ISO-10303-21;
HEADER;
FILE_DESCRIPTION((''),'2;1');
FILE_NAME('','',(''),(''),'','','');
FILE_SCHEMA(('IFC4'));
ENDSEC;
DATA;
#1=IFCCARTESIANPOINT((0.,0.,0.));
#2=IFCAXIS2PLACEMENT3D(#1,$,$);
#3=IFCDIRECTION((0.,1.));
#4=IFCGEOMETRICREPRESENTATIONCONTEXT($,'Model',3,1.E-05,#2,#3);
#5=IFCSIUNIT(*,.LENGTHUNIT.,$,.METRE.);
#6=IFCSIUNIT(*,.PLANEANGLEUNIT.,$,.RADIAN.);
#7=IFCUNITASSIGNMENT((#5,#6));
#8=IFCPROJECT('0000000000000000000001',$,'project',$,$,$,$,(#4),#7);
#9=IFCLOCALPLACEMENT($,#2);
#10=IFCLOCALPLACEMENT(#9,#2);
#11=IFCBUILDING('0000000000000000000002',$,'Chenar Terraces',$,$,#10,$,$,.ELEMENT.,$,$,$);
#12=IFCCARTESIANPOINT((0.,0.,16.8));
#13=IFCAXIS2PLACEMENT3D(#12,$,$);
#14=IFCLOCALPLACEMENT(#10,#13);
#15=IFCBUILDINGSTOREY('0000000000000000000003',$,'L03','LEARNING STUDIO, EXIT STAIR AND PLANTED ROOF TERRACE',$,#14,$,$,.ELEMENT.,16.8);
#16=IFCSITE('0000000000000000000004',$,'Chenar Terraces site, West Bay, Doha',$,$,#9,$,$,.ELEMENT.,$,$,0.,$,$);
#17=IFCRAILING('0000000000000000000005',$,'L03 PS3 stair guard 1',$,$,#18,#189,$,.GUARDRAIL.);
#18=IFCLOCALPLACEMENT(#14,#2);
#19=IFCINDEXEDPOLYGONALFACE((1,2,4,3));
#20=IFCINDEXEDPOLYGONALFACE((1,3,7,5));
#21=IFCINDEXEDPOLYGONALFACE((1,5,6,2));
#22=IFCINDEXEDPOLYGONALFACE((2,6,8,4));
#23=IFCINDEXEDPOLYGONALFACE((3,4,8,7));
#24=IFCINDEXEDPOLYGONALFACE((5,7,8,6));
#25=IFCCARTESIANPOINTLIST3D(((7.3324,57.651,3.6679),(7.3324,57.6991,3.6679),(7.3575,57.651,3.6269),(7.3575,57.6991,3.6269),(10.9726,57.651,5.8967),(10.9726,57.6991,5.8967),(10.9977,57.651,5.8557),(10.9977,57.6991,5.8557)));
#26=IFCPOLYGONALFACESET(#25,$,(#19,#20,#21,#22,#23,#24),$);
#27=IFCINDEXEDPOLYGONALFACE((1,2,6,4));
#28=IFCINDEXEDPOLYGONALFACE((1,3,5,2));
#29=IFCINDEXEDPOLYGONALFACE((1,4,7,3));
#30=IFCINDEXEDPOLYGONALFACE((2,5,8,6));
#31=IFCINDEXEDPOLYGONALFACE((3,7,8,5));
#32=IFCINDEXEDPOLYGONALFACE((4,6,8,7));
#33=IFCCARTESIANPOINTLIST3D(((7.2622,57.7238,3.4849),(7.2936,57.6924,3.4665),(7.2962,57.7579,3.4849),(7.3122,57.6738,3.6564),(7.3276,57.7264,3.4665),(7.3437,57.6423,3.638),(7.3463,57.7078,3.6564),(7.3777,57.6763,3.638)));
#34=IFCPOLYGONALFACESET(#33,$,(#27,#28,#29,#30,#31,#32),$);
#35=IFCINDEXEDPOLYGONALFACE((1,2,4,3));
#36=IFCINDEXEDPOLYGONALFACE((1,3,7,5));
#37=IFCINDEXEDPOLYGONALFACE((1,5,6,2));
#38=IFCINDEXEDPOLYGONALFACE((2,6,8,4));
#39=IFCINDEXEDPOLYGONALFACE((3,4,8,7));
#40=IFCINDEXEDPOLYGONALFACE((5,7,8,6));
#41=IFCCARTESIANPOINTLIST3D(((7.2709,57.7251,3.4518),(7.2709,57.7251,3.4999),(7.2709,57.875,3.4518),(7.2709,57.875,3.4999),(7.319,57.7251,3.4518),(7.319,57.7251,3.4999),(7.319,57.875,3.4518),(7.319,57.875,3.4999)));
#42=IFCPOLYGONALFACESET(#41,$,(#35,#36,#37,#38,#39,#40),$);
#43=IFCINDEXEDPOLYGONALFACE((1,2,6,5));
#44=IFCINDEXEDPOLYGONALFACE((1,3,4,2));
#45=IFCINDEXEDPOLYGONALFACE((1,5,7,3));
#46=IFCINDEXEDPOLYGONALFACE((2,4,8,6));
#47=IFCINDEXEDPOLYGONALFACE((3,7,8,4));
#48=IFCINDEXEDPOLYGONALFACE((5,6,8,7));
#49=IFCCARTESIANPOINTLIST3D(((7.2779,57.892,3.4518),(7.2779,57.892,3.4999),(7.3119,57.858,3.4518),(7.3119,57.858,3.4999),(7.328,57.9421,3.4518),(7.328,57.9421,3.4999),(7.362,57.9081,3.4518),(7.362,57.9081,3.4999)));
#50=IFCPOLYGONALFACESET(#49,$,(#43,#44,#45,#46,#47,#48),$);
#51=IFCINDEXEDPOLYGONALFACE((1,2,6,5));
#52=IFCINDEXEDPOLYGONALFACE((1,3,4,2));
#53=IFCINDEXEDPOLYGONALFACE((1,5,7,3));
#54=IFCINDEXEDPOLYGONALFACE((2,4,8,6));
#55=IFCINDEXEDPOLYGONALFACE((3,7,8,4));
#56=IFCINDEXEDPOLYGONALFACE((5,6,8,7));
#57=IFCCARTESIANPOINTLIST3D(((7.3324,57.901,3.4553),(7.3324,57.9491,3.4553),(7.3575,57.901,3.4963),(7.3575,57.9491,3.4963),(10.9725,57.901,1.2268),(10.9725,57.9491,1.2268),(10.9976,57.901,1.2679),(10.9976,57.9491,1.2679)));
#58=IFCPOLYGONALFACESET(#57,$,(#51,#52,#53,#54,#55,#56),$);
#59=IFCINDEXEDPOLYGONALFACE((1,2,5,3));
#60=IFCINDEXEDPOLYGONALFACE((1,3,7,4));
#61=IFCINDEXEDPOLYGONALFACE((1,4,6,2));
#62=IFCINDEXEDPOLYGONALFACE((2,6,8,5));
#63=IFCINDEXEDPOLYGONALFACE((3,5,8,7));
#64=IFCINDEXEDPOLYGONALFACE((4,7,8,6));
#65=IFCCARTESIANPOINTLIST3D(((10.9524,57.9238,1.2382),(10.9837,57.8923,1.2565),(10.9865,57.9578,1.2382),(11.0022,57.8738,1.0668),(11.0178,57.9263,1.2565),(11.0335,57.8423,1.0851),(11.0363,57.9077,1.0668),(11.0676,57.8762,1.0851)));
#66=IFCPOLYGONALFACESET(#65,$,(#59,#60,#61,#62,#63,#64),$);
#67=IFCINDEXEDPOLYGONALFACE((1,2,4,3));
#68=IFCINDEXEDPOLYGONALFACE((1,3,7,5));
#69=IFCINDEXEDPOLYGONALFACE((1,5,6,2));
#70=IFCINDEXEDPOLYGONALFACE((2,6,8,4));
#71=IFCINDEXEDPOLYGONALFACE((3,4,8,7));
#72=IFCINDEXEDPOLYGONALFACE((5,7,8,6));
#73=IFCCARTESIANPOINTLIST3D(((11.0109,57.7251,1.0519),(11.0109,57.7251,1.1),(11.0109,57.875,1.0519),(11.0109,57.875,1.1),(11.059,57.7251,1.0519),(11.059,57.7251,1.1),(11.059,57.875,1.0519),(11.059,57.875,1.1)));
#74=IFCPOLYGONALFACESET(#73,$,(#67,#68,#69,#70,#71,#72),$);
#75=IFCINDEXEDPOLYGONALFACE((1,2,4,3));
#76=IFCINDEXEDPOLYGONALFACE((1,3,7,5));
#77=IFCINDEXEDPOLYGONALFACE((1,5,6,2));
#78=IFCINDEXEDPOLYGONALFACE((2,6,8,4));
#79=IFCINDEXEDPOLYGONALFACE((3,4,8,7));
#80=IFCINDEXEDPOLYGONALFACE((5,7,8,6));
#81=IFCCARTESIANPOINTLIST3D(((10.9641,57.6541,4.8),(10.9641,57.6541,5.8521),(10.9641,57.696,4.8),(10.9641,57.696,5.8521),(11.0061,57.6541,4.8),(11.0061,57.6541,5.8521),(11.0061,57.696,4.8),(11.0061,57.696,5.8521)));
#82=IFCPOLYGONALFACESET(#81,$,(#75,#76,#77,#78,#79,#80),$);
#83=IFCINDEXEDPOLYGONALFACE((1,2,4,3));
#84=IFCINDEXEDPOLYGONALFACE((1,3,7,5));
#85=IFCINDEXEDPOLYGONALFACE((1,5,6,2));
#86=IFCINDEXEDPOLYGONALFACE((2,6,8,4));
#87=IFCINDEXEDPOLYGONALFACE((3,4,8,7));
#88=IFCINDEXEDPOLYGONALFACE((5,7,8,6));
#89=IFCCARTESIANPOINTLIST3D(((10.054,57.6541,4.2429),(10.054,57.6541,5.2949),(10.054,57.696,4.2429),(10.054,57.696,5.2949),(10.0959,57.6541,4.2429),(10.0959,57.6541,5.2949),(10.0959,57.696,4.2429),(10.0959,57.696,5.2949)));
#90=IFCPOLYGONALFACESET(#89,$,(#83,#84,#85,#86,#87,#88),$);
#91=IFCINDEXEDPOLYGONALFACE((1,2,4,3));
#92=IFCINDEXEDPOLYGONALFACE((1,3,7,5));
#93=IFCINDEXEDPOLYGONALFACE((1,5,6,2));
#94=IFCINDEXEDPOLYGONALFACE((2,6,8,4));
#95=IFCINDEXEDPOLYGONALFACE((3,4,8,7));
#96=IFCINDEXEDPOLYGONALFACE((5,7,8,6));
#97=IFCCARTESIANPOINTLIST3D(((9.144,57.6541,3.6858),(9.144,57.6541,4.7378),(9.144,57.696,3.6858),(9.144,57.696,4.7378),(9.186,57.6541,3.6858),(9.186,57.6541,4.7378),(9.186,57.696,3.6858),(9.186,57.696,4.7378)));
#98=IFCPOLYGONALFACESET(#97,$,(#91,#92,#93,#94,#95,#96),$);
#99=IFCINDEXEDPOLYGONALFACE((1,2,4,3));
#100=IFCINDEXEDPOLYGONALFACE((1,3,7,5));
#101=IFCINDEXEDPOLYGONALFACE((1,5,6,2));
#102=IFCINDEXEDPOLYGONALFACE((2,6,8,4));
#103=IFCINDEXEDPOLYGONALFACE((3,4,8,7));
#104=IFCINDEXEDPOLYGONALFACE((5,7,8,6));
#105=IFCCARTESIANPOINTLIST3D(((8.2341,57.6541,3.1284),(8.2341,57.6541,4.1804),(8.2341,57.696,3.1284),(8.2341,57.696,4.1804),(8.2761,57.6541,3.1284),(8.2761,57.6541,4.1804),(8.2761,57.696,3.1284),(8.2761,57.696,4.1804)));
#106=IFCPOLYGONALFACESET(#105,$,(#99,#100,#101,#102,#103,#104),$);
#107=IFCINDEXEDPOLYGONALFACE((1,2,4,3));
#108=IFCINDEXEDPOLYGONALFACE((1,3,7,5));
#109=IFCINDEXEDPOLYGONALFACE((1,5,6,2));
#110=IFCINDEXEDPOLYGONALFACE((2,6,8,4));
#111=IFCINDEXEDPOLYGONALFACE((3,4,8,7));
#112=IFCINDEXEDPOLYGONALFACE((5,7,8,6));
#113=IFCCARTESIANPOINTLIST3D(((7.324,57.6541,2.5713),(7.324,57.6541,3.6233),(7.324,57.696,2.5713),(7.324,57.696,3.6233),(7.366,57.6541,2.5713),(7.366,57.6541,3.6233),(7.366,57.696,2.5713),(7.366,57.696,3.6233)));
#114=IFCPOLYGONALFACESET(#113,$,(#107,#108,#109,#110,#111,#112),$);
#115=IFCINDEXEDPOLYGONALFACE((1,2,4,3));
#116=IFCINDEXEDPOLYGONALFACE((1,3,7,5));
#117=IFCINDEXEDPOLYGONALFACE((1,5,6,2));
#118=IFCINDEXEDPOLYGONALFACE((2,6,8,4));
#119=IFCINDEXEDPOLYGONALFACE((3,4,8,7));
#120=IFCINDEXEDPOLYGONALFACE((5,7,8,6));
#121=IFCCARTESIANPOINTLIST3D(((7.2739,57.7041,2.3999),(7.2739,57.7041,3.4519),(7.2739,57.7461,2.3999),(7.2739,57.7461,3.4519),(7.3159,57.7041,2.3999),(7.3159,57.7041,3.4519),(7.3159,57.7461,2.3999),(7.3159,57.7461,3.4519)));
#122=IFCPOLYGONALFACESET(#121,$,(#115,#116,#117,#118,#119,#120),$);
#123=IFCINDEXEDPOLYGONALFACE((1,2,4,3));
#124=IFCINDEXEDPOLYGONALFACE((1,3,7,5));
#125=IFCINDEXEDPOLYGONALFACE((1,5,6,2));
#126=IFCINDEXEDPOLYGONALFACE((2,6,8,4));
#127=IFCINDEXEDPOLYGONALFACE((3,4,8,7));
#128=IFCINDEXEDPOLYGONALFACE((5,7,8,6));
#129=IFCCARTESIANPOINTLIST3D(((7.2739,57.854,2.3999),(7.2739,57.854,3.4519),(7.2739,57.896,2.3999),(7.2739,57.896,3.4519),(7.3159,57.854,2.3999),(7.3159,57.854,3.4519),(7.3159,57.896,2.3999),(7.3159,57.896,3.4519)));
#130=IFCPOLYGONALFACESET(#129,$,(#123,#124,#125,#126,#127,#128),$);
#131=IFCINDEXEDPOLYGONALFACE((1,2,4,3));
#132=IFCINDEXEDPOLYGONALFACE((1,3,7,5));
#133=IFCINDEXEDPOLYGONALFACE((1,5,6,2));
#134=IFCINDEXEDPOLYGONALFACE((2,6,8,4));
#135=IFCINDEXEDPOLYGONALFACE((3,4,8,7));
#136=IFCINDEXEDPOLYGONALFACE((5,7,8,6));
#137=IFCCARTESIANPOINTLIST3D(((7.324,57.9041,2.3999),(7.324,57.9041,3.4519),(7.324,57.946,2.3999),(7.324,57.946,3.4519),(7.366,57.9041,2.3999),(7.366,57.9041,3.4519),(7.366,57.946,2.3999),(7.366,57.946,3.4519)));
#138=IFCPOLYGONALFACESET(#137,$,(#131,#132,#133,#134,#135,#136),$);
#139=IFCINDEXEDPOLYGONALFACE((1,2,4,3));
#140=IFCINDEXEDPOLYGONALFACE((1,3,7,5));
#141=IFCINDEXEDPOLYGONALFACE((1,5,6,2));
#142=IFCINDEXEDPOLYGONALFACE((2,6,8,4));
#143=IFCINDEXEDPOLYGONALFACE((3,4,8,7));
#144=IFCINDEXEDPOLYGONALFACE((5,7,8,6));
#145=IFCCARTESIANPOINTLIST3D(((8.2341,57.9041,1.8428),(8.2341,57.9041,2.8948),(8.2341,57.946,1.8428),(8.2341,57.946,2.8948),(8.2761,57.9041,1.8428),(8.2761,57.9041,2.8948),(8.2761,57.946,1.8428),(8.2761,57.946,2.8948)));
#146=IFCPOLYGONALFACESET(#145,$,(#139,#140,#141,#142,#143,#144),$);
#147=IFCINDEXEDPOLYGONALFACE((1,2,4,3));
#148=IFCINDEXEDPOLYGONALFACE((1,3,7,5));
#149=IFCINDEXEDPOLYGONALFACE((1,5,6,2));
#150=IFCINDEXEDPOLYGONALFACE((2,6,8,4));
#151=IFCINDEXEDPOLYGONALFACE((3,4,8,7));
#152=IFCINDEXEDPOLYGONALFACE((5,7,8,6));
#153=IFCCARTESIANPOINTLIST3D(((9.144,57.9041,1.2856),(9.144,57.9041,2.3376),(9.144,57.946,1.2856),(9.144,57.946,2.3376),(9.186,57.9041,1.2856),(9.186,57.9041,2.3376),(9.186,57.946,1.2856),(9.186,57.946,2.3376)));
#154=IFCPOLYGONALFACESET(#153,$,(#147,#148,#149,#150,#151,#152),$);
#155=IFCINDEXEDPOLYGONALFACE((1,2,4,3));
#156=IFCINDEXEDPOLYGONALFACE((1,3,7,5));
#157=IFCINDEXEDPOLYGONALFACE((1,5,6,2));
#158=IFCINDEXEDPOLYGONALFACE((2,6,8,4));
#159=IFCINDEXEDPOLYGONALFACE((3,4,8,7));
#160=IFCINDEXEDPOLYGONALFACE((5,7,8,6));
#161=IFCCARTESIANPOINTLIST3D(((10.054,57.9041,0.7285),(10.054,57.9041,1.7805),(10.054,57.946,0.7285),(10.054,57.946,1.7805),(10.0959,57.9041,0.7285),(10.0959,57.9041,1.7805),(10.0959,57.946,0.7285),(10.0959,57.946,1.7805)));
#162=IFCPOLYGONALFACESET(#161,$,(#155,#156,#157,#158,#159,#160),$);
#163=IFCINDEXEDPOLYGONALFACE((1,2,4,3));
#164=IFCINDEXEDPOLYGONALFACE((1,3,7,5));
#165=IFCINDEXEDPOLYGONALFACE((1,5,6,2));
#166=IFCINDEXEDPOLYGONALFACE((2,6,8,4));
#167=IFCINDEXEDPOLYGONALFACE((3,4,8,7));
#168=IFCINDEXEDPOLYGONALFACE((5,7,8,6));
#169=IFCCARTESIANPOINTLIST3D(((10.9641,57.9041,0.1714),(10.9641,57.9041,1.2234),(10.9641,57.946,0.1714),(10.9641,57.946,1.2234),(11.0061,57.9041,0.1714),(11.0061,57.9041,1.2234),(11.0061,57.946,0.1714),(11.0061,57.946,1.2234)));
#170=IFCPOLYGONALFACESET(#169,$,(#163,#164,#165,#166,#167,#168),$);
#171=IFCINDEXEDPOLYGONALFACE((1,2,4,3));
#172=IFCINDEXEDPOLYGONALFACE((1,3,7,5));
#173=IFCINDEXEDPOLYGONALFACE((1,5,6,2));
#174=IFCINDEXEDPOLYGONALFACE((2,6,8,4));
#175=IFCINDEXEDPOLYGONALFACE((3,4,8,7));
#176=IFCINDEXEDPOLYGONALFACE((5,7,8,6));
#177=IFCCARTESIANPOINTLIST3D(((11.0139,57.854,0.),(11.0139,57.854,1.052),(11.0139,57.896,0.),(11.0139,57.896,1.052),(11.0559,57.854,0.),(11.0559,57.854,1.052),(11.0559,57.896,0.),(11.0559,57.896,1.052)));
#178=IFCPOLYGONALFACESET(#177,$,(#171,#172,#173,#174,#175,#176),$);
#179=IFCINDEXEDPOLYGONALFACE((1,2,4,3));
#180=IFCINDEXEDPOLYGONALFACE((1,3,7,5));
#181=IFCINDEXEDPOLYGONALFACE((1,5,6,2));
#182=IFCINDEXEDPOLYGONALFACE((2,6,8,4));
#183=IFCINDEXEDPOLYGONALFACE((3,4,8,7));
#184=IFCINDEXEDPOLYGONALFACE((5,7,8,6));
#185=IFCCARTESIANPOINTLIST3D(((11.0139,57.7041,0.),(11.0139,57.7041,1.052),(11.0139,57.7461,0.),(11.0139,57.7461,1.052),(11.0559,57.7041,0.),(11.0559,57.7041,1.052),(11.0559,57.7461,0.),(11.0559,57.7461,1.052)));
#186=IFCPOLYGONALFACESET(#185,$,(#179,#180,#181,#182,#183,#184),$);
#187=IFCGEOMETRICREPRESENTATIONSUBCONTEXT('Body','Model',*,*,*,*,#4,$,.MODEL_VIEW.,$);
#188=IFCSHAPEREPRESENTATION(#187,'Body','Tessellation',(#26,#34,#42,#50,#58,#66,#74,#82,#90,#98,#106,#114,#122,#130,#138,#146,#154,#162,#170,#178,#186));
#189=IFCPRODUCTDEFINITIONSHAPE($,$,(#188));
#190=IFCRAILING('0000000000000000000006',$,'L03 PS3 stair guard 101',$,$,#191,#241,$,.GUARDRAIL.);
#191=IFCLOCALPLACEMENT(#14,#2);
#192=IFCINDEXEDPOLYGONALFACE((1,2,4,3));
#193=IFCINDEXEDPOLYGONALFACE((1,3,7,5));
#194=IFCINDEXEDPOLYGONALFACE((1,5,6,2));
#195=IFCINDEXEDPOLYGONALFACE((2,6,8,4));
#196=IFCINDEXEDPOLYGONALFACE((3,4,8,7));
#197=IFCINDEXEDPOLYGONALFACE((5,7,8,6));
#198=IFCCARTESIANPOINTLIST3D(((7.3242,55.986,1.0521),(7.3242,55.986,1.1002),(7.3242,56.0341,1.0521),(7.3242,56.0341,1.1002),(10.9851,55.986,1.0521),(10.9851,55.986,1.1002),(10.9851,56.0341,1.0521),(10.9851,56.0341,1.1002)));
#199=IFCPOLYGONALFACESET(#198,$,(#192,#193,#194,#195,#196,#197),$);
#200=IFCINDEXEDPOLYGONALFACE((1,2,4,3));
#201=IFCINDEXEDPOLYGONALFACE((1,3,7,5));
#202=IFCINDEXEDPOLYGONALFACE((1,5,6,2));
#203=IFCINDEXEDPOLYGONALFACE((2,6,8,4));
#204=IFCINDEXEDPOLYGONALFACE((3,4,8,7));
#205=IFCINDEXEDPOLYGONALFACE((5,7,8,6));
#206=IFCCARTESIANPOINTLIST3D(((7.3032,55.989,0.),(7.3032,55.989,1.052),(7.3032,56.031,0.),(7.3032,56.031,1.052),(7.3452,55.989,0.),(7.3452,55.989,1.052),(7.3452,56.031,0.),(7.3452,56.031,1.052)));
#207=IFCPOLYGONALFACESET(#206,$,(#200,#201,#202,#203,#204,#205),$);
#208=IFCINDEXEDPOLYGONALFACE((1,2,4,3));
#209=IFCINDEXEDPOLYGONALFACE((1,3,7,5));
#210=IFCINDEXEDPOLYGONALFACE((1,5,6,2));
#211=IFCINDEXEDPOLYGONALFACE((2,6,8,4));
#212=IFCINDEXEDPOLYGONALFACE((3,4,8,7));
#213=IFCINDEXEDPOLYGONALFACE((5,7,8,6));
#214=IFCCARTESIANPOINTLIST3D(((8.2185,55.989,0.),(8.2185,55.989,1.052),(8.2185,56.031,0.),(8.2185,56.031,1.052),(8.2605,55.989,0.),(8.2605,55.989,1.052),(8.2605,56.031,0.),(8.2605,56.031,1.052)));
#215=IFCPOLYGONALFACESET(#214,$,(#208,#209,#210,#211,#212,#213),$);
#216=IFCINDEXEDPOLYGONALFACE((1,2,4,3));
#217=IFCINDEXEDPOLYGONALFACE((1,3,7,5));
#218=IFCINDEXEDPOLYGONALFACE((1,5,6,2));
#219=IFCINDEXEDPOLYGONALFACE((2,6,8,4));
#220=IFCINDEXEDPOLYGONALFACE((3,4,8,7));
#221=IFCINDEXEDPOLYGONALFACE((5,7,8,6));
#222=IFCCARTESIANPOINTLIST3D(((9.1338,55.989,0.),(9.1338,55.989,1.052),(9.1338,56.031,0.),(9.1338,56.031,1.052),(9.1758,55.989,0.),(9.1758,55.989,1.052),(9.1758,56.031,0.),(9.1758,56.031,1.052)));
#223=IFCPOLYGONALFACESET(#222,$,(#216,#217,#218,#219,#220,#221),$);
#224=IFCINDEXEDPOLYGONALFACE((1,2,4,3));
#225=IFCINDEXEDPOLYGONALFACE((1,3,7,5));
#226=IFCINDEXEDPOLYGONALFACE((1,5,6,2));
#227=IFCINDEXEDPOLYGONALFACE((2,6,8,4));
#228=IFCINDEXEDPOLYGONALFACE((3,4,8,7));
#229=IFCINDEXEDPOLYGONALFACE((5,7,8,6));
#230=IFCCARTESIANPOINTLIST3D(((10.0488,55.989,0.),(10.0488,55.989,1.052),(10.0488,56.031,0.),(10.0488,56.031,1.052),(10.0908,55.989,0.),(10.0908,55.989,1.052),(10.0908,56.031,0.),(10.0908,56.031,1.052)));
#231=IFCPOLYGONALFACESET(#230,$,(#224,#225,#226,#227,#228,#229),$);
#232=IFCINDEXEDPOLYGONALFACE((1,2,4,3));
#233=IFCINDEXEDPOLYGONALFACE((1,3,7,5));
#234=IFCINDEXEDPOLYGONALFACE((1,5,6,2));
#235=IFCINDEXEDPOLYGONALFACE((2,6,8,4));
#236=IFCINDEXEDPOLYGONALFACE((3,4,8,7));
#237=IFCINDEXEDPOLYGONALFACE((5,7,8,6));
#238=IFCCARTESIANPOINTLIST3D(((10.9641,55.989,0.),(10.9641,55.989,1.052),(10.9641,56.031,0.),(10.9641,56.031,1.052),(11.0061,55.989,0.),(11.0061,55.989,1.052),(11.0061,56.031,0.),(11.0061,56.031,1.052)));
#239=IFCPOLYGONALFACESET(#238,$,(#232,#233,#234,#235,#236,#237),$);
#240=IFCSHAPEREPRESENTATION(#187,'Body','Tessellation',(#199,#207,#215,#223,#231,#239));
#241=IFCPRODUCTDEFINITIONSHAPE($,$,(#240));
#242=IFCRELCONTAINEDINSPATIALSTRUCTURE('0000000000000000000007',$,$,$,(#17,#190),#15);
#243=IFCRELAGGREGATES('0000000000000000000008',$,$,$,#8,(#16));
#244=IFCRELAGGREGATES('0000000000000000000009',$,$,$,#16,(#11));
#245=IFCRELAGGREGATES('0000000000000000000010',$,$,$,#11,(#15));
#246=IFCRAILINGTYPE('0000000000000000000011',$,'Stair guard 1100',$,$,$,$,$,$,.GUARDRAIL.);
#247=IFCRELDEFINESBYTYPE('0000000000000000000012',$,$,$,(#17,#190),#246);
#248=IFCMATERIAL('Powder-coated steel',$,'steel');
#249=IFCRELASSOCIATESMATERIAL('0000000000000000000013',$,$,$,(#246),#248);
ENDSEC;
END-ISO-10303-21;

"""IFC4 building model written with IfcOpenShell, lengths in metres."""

from ifc_helpers import new_model, si_unit, direction, frame, origin, origin_2d, place, context, subcontext, project, spatial, rectangle, extrude, material, type_object, element, save


model = new_model("IFC4")

# Units and contexts
model_context = context("Model", 3, precision=1e-05, world=origin(), true_north=direction((0.0, 1.0)))
body_context = subcontext(model_context, "Body", "Model", "MODEL_VIEW")
ifc_project = project(units=[si_unit("LENGTHUNIT", "METRE"), si_unit("PLANEANGLEUNIT", "RADIAN")], contexts=[model_context])

# Site, building, storey
site_placement = place(None, origin())
site = spatial("IfcSite", under=ifc_project, at=site_placement, Name="Chenar Terraces site, West Bay, Doha", CompositionType="ELEMENT", RefElevation=0.0)
building_placement = place(site_placement, origin())
building = spatial("IfcBuilding", under=site, at=building_placement, Name="Chenar Terraces", CompositionType="ELEMENT")
storey_placement = place(building_placement, frame((0.0, 0.0, 16.8)))
storey = spatial("IfcBuildingStorey", under=building, at=storey_placement, Name="L03", Description="LEARNING STUDIO, EXIT STAIR AND PLANTED ROOF TERRACE", CompositionType="ELEMENT", Elevation=16.8)

# Railings
ifc_material_1 = material(Name="Powder-coated steel", Category="steel")
railing_type_1 = type_object("IfcRailingType", Name="Stair guard 1100", PredefinedType="GUARDRAIL", material=ifc_material_1)
railing_1_placement = place(storey_placement, frame((10.9851, 57.675, 4.8)))
element("IfcRailing", 1, at=railing_1_placement, inside=storey, type_object=railing_type_1, Name="L03 PS3 stair guard 1", PredefinedType="GUARDRAIL", context=body_context, shape_type="SweptSolid", body=[
    extrude(rectangle(XDim=0.0481, YDim=0.0481, at=origin_2d()), frame((0.0, 0.0, 1.0762), z_axis=(-0.85284, 0.0, -0.522172), x_axis=(0.0, -1.0, 0.0)), (0.0, 0.0, 1.0), 4.2683),
    extrude(rectangle(XDim=0.0481, YDim=0.0481, at=origin_2d()), frame((-3.6401, 0.0, -1.1528), z_axis=(-0.269911, 0.269911, -0.924281), x_axis=(-0.707107, -0.707107, 0.0)), (0.0, 0.0, 1.0), 0.1855),
    extrude(rectangle(XDim=0.0481, YDim=0.0481, at=origin_2d()), frame((-3.6902, 0.05, -1.3242), z_axis=(0.0, 1.0, 0.0), x_axis=(-1.0, 0.0, 0.0)), (0.0, 0.0, 1.0), 0.1499),
    extrude(rectangle(XDim=0.0481, YDim=0.0481, at=origin_2d()), frame((-3.6902, 0.2, -1.3242), z_axis=(0.707107, 0.707107, 0.0), x_axis=(-0.707107, 0.707107, 0.0)), (0.0, 0.0, 1.0), 0.0708),
    extrude(rectangle(XDim=0.0481, YDim=0.0481, at=origin_2d()), frame((-3.6401, 0.25, -1.3242), z_axis=(0.852866, 0.0, -0.52213), x_axis=(0.0, 1.0, 0.0)), (0.0, 0.0, 1.0), 4.2681),
    extrude(rectangle(XDim=0.0481, YDim=0.0481, at=origin_2d()), frame((0.0, 0.25, -3.5527), z_axis=(0.26869, -0.270007, -0.924609), x_axis=(0.708834, 0.705376, 0.0)), (0.0, 0.0, 1.0), 0.1853),
    extrude(rectangle(XDim=0.0481, YDim=0.0481, at=origin_2d()), frame((0.0498, 0.2, -3.7241), z_axis=(0.0, -1.0, 0.0), x_axis=(1.0, 0.0, 0.0)), (0.0, 0.0, 1.0), 0.1499),
    extrude(rectangle(XDim=0.042, YDim=0.042, at=origin_2d()), origin(), (0.0, 0.0, 1.0), 1.052),
    extrude(rectangle(XDim=0.042, YDim=0.042, at=origin_2d()), frame((-0.9102, 0.0, -0.5571)), (0.0, 0.0, 1.0), 1.052),
    extrude(rectangle(XDim=0.042, YDim=0.042, at=origin_2d()), frame((-1.8201, 0.0, -1.1143)), (0.0, 0.0, 1.0), 1.052),
    extrude(rectangle(XDim=0.042, YDim=0.042, at=origin_2d()), frame((-2.73, 0.0, -1.6716)), (0.0, 0.0, 1.0), 1.052),
    extrude(rectangle(XDim=0.042, YDim=0.042, at=origin_2d()), frame((-3.6401, 0.0, -2.2288)), (0.0, 0.0, 1.0), 1.052),
    extrude(rectangle(XDim=0.042, YDim=0.042, at=origin_2d()), frame((-3.6902, 0.05, -2.4001)), (0.0, 0.0, 1.0), 1.052),
    extrude(rectangle(XDim=0.042, YDim=0.042, at=origin_2d()), frame((-3.6902, 0.2, -2.4001)), (0.0, 0.0, 1.0), 1.052),
    extrude(rectangle(XDim=0.042, YDim=0.042, at=origin_2d()), frame((-3.6401, 0.25, -2.4001)), (0.0, 0.0, 1.0), 1.052),
    extrude(rectangle(XDim=0.042, YDim=0.042, at=origin_2d()), frame((-2.73, 0.25, -2.9573)), (0.0, 0.0, 1.0), 1.052),
    extrude(rectangle(XDim=0.042, YDim=0.042, at=origin_2d()), frame((-1.8201, 0.25, -3.5144)), (0.0, 0.0, 1.0), 1.052),
    extrude(rectangle(XDim=0.042, YDim=0.042, at=origin_2d()), frame((-0.9102, 0.25, -4.0715)), (0.0, 0.0, 1.0), 1.052),
    extrude(rectangle(XDim=0.042, YDim=0.042, at=origin_2d()), frame((0.0, 0.25, -4.6287)), (0.0, 0.0, 1.0), 1.052),
    extrude(rectangle(XDim=0.042, YDim=0.042, at=origin_2d()), frame((0.0498, 0.2, -4.8)), (0.0, 0.0, 1.0), 1.052),
    extrude(rectangle(XDim=0.042, YDim=0.042, at=origin_2d()), frame((0.0498, 0.05, -4.8)), (0.0, 0.0, 1.0), 1.052),
])
railing_2_placement = place(storey_placement, frame((7.3242, 56.01, 0.0)))
element("IfcRailing", 2, at=railing_2_placement, inside=storey, type_object=railing_type_1, Name="L03 PS3 stair guard 101", PredefinedType="GUARDRAIL", context=body_context, shape_type="SweptSolid", body=[
    extrude(rectangle(XDim=0.0481, YDim=0.0481, at=origin_2d()), frame((0.0, 0.0, 1.0762), z_axis=(1.0, 0.0, 0.0), x_axis=(0.0, 1.0, 0.0)), (0.0, 0.0, 1.0), 3.6609),
    extrude(rectangle(XDim=0.042, YDim=0.042, at=origin_2d()), origin(), (0.0, 0.0, 1.0), 1.052),
    extrude(rectangle(XDim=0.042, YDim=0.042, at=origin_2d()), frame((0.9153, 0.0, 0.0)), (0.0, 0.0, 1.0), 1.052),
    extrude(rectangle(XDim=0.042, YDim=0.042, at=origin_2d()), frame((1.8306, 0.0, 0.0)), (0.0, 0.0, 1.0), 1.052),
    extrude(rectangle(XDim=0.042, YDim=0.042, at=origin_2d()), frame((2.7456, 0.0, 0.0)), (0.0, 0.0, 1.0), 1.052),
    extrude(rectangle(XDim=0.042, YDim=0.042, at=origin_2d()), frame((3.6609, 0.0, 0.0)), (0.0, 0.0, 1.0), 1.052),
])

save(model, "model.ifc")
